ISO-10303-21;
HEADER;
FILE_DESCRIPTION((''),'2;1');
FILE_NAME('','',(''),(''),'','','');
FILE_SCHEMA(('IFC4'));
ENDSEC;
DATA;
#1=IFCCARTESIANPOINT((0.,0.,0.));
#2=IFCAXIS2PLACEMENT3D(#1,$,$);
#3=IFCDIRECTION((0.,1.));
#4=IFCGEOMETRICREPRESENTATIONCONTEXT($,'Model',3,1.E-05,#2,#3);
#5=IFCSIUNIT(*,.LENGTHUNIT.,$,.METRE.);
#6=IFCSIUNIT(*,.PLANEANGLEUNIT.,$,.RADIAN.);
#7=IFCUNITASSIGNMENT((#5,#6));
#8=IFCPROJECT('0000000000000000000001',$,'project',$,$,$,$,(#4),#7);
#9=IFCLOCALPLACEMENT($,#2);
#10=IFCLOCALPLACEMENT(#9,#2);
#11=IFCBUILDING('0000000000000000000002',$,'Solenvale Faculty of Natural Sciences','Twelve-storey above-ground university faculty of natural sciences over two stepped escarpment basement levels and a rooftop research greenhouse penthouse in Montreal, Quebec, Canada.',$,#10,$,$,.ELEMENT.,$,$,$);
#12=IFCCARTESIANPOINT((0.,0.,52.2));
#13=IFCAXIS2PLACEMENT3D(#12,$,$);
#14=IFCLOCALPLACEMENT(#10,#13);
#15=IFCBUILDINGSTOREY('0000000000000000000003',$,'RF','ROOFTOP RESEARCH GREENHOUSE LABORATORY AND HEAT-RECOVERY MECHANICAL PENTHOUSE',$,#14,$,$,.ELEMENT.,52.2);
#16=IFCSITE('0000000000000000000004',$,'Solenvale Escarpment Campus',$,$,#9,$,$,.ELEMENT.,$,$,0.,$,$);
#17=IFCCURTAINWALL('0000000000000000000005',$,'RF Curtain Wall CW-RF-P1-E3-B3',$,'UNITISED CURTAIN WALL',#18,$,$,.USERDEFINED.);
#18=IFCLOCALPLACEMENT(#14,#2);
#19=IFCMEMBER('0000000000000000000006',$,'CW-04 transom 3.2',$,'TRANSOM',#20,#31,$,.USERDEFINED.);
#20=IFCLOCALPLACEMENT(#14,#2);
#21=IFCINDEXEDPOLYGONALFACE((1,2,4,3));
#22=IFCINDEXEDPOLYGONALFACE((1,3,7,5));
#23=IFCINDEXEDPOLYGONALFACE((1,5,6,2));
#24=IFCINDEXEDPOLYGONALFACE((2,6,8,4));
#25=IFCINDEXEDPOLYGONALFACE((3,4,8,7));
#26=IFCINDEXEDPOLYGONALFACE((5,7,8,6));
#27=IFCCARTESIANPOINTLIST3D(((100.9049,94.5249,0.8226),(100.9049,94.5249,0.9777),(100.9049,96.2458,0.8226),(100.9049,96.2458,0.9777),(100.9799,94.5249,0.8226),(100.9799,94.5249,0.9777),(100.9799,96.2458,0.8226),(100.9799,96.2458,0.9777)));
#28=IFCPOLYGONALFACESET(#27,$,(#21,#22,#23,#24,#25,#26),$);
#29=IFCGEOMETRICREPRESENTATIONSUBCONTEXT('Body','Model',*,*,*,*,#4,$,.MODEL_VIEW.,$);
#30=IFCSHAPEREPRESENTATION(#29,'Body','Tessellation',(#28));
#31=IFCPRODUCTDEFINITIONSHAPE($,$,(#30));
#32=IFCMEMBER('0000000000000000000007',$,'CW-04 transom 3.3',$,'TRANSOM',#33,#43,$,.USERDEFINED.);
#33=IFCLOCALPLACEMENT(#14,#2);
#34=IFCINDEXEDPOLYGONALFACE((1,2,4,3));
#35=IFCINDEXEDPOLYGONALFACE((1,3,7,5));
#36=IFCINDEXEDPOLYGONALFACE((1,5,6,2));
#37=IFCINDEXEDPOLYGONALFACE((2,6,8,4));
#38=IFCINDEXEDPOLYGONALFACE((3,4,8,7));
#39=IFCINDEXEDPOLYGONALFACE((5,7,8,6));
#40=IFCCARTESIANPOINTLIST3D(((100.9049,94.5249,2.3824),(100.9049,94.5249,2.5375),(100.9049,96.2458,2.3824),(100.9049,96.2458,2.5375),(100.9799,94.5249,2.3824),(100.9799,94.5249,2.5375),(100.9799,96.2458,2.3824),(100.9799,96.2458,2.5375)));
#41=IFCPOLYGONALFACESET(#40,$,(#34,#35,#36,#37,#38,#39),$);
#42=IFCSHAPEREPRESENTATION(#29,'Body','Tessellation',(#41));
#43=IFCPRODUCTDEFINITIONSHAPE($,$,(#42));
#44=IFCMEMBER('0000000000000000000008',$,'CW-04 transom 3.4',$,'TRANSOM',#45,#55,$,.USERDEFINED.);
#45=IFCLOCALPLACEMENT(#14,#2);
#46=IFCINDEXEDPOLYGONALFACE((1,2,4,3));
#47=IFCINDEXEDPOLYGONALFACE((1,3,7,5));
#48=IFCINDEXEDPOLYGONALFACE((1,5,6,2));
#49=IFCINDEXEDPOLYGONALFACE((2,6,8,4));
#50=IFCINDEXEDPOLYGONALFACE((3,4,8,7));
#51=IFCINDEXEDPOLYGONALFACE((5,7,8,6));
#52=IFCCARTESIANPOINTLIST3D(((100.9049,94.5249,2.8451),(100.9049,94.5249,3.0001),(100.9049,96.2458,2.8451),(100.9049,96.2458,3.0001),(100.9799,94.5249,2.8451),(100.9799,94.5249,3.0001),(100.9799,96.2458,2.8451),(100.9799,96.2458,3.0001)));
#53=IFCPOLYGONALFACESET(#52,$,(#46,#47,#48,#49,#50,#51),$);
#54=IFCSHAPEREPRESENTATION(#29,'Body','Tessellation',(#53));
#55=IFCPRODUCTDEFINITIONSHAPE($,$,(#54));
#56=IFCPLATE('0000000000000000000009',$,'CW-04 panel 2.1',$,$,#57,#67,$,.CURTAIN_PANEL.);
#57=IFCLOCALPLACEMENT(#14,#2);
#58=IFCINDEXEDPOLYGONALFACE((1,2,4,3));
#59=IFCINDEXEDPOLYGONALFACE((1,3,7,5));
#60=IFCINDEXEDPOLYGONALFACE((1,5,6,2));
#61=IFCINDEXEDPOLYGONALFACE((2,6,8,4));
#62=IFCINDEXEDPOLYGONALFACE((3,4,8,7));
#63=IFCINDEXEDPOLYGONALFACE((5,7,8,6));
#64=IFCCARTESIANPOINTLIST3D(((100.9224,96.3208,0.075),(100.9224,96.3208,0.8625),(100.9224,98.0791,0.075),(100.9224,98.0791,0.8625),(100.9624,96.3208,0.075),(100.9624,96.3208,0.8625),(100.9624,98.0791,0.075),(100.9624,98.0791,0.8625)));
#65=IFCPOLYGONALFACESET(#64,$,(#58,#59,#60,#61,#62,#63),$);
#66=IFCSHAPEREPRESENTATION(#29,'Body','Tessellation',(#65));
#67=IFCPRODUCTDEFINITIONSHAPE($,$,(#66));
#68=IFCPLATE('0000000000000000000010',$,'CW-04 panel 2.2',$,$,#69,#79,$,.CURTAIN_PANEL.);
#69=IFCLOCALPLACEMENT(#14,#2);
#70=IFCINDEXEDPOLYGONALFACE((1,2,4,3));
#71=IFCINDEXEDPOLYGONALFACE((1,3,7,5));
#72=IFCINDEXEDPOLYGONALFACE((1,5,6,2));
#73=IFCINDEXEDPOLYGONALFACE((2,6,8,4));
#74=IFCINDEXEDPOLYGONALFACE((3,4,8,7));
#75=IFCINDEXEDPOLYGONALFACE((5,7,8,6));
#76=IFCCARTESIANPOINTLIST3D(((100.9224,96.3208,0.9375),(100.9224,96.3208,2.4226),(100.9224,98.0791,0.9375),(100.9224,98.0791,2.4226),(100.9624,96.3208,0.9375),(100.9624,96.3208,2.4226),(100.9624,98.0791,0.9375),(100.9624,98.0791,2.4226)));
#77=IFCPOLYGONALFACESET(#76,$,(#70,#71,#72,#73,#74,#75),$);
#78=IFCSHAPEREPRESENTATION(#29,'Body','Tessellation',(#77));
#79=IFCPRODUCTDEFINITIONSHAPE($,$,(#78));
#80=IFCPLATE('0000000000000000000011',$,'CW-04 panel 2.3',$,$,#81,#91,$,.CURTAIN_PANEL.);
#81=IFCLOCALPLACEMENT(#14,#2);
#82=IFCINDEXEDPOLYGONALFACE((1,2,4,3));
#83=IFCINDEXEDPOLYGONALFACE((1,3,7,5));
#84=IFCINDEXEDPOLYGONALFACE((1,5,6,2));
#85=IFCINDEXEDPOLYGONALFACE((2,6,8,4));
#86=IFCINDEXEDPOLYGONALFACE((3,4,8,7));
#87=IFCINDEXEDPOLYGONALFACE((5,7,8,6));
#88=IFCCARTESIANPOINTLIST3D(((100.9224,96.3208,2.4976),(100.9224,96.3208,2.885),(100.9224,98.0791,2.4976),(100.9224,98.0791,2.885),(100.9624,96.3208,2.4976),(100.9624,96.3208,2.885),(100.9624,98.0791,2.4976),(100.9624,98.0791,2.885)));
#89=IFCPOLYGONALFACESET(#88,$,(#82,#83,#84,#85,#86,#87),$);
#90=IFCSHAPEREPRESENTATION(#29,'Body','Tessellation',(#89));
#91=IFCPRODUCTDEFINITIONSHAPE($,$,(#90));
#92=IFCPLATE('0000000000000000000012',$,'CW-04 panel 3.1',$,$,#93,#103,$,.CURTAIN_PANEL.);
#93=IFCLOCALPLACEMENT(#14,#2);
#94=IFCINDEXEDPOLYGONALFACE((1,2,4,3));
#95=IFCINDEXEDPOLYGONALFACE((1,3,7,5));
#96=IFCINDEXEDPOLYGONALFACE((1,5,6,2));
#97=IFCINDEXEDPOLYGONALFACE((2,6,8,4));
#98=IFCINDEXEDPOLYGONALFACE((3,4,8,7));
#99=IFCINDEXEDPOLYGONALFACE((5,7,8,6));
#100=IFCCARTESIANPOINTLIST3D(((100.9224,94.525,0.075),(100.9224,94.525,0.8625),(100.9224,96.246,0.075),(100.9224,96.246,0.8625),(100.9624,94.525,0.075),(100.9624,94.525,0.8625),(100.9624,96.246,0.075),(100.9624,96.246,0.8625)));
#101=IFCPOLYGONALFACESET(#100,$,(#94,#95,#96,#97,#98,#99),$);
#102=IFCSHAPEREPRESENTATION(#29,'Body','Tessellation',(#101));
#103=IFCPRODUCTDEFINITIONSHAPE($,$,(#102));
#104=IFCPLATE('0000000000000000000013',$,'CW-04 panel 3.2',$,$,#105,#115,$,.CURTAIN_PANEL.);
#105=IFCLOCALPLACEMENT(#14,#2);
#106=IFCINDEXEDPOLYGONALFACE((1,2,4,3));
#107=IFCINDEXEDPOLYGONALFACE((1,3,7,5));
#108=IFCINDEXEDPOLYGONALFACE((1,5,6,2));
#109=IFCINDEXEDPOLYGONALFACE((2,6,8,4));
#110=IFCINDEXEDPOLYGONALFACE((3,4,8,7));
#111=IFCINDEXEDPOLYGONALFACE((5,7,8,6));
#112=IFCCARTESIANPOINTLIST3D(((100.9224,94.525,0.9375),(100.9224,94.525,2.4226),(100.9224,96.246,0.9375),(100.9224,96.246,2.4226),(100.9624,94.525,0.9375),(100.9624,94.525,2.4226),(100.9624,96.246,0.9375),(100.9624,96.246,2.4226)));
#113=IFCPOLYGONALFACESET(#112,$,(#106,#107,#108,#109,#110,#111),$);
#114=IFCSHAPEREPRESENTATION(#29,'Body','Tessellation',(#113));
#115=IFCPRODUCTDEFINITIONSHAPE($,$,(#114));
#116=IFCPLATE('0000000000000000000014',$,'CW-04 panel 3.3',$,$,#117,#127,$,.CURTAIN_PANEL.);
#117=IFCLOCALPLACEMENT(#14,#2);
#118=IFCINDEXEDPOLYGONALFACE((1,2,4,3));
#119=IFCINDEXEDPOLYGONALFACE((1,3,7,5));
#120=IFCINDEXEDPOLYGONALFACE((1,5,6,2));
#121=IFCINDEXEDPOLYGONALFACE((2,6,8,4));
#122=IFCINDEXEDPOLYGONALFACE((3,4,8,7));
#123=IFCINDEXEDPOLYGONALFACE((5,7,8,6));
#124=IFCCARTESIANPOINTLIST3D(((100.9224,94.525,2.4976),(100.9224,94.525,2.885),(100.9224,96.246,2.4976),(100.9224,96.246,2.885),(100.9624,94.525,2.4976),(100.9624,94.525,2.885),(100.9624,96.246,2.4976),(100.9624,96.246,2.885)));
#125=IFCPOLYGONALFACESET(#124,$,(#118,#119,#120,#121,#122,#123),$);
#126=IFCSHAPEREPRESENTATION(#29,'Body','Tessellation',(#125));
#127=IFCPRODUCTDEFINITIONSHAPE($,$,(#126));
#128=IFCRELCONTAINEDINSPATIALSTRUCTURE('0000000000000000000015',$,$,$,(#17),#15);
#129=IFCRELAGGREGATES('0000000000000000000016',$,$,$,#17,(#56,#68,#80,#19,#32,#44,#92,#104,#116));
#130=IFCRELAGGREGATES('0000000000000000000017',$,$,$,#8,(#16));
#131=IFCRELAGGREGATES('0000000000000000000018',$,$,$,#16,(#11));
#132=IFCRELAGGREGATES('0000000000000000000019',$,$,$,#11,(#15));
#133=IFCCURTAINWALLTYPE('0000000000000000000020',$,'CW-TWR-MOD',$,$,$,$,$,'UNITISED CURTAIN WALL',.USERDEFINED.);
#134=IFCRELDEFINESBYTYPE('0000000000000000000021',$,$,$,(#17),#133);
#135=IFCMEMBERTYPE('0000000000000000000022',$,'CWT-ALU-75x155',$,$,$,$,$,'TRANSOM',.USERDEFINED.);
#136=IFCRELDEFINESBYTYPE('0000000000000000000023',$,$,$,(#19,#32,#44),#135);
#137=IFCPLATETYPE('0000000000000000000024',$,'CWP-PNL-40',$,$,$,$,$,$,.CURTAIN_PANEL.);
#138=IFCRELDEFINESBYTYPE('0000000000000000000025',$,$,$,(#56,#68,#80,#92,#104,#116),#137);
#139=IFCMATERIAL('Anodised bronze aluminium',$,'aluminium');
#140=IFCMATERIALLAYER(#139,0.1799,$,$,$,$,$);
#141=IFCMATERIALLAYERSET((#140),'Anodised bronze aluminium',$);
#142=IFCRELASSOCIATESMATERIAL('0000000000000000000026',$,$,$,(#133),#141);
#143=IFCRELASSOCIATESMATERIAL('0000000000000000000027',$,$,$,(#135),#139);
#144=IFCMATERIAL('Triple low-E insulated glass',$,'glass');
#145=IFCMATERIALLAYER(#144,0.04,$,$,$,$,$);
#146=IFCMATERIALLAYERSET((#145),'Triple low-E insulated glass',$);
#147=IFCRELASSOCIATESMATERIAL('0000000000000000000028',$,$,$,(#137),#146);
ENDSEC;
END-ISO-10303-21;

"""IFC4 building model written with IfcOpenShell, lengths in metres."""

from ifc_helpers import new_model, si_unit, direction, frame, origin, origin_2d, place, context, subcontext, project, spatial, rectangle, extrude, material, layer, layer_set, material_profile, profile_set, type_object, element, aggregate, save


model = new_model("IFC4")

# Units and contexts
model_context = context("Model", 3, precision=1e-05, world=origin(), true_north=direction((0.0, 1.0)))
body_context = subcontext(model_context, "Body", "Model", "MODEL_VIEW")
ifc_project = project(units=[si_unit("LENGTHUNIT", "METRE"), si_unit("PLANEANGLEUNIT", "RADIAN")], contexts=[model_context])

# Site, building, storey
site_placement = place(None, origin())
site = spatial("IfcSite", under=ifc_project, at=site_placement, Name="Solenvale Escarpment Campus", CompositionType="ELEMENT", RefElevation=0.0)
building_placement = place(site_placement, origin())
building = spatial("IfcBuilding", under=site, at=building_placement, Name="Solenvale Faculty of Natural Sciences", Description="Twelve-storey above-ground university faculty of natural sciences over two stepped escarpment basement levels and a rooftop research greenhouse penthouse in Montreal, Quebec, Canada.", CompositionType="ELEMENT")
storey_placement = place(building_placement, frame((0.0, 0.0, 52.2)))
storey = spatial("IfcBuildingStorey", under=building, at=storey_placement, Name="RF", Description="ROOFTOP RESEARCH GREENHOUSE LABORATORY AND HEAT-RECOVERY MECHANICAL PENTHOUSE", CompositionType="ELEMENT", Elevation=52.2)

# Curtain wall, members, plates
ifc_material_1 = material(Name="Anodised bronze aluminium", Category="aluminium")
ifc_layer_1 = layer(ifc_material_1, 0.1799)
ifc_layer_set_1 = layer_set([ifc_layer_1], Name="Anodised bronze aluminium")
curtain_wall_type = type_object("IfcCurtainWallType", Name="CW-TWR-MOD", ElementType="UNITISED CURTAIN WALL", PredefinedType="USERDEFINED", material=ifc_layer_set_1)
curtain_wall_placement = place(storey_placement, origin())
curtain_wall = element("IfcCurtainWall", 1, at=curtain_wall_placement, inside=storey, type_object=curtain_wall_type, Name="RF Curtain Wall CW-RF-P1-E3-B3", ObjectType="UNITISED CURTAIN WALL", PredefinedType="USERDEFINED")
ifc_material_profile_1 = material_profile(ifc_material_1, rectangle(XDim=0.075, YDim=0.155, at=origin_2d()), Name="ALU-TRN-75x155")
ifc_profile_set_1 = profile_set([ifc_material_profile_1], Name="Anodised bronze aluminium")
member_type_1 = type_object("IfcMemberType", Name="CWT-ALU-75x155", ElementType="TRANSOM", PredefinedType="USERDEFINED", material=ifc_profile_set_1)
member_1_placement = place(storey_placement, frame((100.9424, 96.2458, 0.9001), z_axis=(0.0, -1.0, 0.0), x_axis=(1.0, 0.0, 0.0)))
member_1 = element("IfcMember", 2, at=member_1_placement, type_object=member_type_1, Name="CW-04 transom 3.2", ObjectType="TRANSOM", PredefinedType="USERDEFINED", context=body_context, shape_type="SweptSolid", body=[
    extrude(rectangle(XDim=0.075, YDim=0.155, at=origin_2d()), origin(), (0.0, 0.0, 1.0), 1.7209),
])
member_2_placement = place(storey_placement, frame((100.9424, 96.2458, 2.46), z_axis=(0.0, -1.0, 0.0), x_axis=(1.0, 0.0, 0.0)))
member_2 = element("IfcMember", 3, at=member_2_placement, type_object=member_type_1, Name="CW-04 transom 3.3", ObjectType="TRANSOM", PredefinedType="USERDEFINED", context=body_context, shape_type="SweptSolid", body=[
    extrude(rectangle(XDim=0.075, YDim=0.155, at=origin_2d()), origin(), (0.0, 0.0, 1.0), 1.7209),
])
member_3_placement = place(storey_placement, frame((100.9424, 96.2458, 2.9226), z_axis=(0.0, -1.0, 0.0), x_axis=(1.0, 0.0, 0.0)))
member_3 = element("IfcMember", 4, at=member_3_placement, type_object=member_type_1, Name="CW-04 transom 3.4", ObjectType="TRANSOM", PredefinedType="USERDEFINED", context=body_context, shape_type="SweptSolid", body=[
    extrude(rectangle(XDim=0.075, YDim=0.155, at=origin_2d()), origin(), (0.0, 0.0, 1.0), 1.7209),
])
ifc_material_2 = material(Name="Triple low-E insulated glass", Category="glass")
ifc_layer_2 = layer(ifc_material_2, 0.04)
ifc_layer_set_2 = layer_set([ifc_layer_2], Name="Triple low-E insulated glass")
plate_type = type_object("IfcPlateType", Name="CWP-PNL-40", PredefinedType="CURTAIN_PANEL", material=ifc_layer_set_2)
plate_1_placement = place(storey_placement, frame((100.9424, 97.2, 0.075), z_axis=(0.0, 0.0, 1.0), x_axis=(0.0, -1.0, 0.0)))
plate_1 = element("IfcPlate", 5, at=plate_1_placement, type_object=plate_type, Name="CW-04 panel 2.1", PredefinedType="CURTAIN_PANEL", context=body_context, shape_type="SweptSolid", body=[
    extrude(rectangle(XDim=1.7583, YDim=0.04, at=origin_2d()), origin(), (0.0, 0.0, 1.0), 0.7876),
])
plate_2_placement = place(storey_placement, frame((100.9424, 97.2, 0.9375), z_axis=(0.0, 0.0, 1.0), x_axis=(0.0, -1.0, 0.0)))
plate_2 = element("IfcPlate", 6, at=plate_2_placement, type_object=plate_type, Name="CW-04 panel 2.2", PredefinedType="CURTAIN_PANEL", context=body_context, shape_type="SweptSolid", body=[
    extrude(rectangle(XDim=1.7583, YDim=0.04, at=origin_2d()), origin(), (0.0, 0.0, 1.0), 1.4851),
])
plate_3_placement = place(storey_placement, frame((100.9424, 97.2, 2.4976), z_axis=(0.0, 0.0, 1.0), x_axis=(0.0, -1.0, 0.0)))
plate_3 = element("IfcPlate", 7, at=plate_3_placement, type_object=plate_type, Name="CW-04 panel 2.3", PredefinedType="CURTAIN_PANEL", context=body_context, shape_type="SweptSolid", body=[
    extrude(rectangle(XDim=1.7583, YDim=0.04, at=origin_2d()), origin(), (0.0, 0.0, 1.0), 0.3875),
])
plate_4_placement = place(storey_placement, frame((100.9424, 95.3855, 0.075), z_axis=(0.0, 0.0, 1.0), x_axis=(0.0, -1.0, 0.0)))
plate_4 = element("IfcPlate", 8, at=plate_4_placement, type_object=plate_type, Name="CW-04 panel 3.1", PredefinedType="CURTAIN_PANEL", context=body_context, shape_type="SweptSolid", body=[
    extrude(rectangle(XDim=1.7209, YDim=0.04, at=origin_2d()), origin(), (0.0, 0.0, 1.0), 0.7876),
])
plate_5_placement = place(storey_placement, frame((100.9424, 95.3855, 0.9375), z_axis=(0.0, 0.0, 1.0), x_axis=(0.0, -1.0, 0.0)))
plate_5 = element("IfcPlate", 9, at=plate_5_placement, type_object=plate_type, Name="CW-04 panel 3.2", PredefinedType="CURTAIN_PANEL", context=body_context, shape_type="SweptSolid", body=[
    extrude(rectangle(XDim=1.7209, YDim=0.04, at=origin_2d()), origin(), (0.0, 0.0, 1.0), 1.4851),
])
plate_6_placement = place(storey_placement, frame((100.9424, 95.3855, 2.4976), z_axis=(0.0, 0.0, 1.0), x_axis=(0.0, -1.0, 0.0)))
plate_6 = element("IfcPlate", 10, at=plate_6_placement, type_object=plate_type, Name="CW-04 panel 3.3", PredefinedType="CURTAIN_PANEL", context=body_context, shape_type="SweptSolid", body=[
    extrude(rectangle(XDim=1.7209, YDim=0.04, at=origin_2d()), origin(), (0.0, 0.0, 1.0), 0.3875),
])
aggregate(curtain_wall, [plate_1, plate_2, plate_3, member_1, member_2, member_3, plate_4, plate_5, plate_6])

save(model, "model.ifc")
